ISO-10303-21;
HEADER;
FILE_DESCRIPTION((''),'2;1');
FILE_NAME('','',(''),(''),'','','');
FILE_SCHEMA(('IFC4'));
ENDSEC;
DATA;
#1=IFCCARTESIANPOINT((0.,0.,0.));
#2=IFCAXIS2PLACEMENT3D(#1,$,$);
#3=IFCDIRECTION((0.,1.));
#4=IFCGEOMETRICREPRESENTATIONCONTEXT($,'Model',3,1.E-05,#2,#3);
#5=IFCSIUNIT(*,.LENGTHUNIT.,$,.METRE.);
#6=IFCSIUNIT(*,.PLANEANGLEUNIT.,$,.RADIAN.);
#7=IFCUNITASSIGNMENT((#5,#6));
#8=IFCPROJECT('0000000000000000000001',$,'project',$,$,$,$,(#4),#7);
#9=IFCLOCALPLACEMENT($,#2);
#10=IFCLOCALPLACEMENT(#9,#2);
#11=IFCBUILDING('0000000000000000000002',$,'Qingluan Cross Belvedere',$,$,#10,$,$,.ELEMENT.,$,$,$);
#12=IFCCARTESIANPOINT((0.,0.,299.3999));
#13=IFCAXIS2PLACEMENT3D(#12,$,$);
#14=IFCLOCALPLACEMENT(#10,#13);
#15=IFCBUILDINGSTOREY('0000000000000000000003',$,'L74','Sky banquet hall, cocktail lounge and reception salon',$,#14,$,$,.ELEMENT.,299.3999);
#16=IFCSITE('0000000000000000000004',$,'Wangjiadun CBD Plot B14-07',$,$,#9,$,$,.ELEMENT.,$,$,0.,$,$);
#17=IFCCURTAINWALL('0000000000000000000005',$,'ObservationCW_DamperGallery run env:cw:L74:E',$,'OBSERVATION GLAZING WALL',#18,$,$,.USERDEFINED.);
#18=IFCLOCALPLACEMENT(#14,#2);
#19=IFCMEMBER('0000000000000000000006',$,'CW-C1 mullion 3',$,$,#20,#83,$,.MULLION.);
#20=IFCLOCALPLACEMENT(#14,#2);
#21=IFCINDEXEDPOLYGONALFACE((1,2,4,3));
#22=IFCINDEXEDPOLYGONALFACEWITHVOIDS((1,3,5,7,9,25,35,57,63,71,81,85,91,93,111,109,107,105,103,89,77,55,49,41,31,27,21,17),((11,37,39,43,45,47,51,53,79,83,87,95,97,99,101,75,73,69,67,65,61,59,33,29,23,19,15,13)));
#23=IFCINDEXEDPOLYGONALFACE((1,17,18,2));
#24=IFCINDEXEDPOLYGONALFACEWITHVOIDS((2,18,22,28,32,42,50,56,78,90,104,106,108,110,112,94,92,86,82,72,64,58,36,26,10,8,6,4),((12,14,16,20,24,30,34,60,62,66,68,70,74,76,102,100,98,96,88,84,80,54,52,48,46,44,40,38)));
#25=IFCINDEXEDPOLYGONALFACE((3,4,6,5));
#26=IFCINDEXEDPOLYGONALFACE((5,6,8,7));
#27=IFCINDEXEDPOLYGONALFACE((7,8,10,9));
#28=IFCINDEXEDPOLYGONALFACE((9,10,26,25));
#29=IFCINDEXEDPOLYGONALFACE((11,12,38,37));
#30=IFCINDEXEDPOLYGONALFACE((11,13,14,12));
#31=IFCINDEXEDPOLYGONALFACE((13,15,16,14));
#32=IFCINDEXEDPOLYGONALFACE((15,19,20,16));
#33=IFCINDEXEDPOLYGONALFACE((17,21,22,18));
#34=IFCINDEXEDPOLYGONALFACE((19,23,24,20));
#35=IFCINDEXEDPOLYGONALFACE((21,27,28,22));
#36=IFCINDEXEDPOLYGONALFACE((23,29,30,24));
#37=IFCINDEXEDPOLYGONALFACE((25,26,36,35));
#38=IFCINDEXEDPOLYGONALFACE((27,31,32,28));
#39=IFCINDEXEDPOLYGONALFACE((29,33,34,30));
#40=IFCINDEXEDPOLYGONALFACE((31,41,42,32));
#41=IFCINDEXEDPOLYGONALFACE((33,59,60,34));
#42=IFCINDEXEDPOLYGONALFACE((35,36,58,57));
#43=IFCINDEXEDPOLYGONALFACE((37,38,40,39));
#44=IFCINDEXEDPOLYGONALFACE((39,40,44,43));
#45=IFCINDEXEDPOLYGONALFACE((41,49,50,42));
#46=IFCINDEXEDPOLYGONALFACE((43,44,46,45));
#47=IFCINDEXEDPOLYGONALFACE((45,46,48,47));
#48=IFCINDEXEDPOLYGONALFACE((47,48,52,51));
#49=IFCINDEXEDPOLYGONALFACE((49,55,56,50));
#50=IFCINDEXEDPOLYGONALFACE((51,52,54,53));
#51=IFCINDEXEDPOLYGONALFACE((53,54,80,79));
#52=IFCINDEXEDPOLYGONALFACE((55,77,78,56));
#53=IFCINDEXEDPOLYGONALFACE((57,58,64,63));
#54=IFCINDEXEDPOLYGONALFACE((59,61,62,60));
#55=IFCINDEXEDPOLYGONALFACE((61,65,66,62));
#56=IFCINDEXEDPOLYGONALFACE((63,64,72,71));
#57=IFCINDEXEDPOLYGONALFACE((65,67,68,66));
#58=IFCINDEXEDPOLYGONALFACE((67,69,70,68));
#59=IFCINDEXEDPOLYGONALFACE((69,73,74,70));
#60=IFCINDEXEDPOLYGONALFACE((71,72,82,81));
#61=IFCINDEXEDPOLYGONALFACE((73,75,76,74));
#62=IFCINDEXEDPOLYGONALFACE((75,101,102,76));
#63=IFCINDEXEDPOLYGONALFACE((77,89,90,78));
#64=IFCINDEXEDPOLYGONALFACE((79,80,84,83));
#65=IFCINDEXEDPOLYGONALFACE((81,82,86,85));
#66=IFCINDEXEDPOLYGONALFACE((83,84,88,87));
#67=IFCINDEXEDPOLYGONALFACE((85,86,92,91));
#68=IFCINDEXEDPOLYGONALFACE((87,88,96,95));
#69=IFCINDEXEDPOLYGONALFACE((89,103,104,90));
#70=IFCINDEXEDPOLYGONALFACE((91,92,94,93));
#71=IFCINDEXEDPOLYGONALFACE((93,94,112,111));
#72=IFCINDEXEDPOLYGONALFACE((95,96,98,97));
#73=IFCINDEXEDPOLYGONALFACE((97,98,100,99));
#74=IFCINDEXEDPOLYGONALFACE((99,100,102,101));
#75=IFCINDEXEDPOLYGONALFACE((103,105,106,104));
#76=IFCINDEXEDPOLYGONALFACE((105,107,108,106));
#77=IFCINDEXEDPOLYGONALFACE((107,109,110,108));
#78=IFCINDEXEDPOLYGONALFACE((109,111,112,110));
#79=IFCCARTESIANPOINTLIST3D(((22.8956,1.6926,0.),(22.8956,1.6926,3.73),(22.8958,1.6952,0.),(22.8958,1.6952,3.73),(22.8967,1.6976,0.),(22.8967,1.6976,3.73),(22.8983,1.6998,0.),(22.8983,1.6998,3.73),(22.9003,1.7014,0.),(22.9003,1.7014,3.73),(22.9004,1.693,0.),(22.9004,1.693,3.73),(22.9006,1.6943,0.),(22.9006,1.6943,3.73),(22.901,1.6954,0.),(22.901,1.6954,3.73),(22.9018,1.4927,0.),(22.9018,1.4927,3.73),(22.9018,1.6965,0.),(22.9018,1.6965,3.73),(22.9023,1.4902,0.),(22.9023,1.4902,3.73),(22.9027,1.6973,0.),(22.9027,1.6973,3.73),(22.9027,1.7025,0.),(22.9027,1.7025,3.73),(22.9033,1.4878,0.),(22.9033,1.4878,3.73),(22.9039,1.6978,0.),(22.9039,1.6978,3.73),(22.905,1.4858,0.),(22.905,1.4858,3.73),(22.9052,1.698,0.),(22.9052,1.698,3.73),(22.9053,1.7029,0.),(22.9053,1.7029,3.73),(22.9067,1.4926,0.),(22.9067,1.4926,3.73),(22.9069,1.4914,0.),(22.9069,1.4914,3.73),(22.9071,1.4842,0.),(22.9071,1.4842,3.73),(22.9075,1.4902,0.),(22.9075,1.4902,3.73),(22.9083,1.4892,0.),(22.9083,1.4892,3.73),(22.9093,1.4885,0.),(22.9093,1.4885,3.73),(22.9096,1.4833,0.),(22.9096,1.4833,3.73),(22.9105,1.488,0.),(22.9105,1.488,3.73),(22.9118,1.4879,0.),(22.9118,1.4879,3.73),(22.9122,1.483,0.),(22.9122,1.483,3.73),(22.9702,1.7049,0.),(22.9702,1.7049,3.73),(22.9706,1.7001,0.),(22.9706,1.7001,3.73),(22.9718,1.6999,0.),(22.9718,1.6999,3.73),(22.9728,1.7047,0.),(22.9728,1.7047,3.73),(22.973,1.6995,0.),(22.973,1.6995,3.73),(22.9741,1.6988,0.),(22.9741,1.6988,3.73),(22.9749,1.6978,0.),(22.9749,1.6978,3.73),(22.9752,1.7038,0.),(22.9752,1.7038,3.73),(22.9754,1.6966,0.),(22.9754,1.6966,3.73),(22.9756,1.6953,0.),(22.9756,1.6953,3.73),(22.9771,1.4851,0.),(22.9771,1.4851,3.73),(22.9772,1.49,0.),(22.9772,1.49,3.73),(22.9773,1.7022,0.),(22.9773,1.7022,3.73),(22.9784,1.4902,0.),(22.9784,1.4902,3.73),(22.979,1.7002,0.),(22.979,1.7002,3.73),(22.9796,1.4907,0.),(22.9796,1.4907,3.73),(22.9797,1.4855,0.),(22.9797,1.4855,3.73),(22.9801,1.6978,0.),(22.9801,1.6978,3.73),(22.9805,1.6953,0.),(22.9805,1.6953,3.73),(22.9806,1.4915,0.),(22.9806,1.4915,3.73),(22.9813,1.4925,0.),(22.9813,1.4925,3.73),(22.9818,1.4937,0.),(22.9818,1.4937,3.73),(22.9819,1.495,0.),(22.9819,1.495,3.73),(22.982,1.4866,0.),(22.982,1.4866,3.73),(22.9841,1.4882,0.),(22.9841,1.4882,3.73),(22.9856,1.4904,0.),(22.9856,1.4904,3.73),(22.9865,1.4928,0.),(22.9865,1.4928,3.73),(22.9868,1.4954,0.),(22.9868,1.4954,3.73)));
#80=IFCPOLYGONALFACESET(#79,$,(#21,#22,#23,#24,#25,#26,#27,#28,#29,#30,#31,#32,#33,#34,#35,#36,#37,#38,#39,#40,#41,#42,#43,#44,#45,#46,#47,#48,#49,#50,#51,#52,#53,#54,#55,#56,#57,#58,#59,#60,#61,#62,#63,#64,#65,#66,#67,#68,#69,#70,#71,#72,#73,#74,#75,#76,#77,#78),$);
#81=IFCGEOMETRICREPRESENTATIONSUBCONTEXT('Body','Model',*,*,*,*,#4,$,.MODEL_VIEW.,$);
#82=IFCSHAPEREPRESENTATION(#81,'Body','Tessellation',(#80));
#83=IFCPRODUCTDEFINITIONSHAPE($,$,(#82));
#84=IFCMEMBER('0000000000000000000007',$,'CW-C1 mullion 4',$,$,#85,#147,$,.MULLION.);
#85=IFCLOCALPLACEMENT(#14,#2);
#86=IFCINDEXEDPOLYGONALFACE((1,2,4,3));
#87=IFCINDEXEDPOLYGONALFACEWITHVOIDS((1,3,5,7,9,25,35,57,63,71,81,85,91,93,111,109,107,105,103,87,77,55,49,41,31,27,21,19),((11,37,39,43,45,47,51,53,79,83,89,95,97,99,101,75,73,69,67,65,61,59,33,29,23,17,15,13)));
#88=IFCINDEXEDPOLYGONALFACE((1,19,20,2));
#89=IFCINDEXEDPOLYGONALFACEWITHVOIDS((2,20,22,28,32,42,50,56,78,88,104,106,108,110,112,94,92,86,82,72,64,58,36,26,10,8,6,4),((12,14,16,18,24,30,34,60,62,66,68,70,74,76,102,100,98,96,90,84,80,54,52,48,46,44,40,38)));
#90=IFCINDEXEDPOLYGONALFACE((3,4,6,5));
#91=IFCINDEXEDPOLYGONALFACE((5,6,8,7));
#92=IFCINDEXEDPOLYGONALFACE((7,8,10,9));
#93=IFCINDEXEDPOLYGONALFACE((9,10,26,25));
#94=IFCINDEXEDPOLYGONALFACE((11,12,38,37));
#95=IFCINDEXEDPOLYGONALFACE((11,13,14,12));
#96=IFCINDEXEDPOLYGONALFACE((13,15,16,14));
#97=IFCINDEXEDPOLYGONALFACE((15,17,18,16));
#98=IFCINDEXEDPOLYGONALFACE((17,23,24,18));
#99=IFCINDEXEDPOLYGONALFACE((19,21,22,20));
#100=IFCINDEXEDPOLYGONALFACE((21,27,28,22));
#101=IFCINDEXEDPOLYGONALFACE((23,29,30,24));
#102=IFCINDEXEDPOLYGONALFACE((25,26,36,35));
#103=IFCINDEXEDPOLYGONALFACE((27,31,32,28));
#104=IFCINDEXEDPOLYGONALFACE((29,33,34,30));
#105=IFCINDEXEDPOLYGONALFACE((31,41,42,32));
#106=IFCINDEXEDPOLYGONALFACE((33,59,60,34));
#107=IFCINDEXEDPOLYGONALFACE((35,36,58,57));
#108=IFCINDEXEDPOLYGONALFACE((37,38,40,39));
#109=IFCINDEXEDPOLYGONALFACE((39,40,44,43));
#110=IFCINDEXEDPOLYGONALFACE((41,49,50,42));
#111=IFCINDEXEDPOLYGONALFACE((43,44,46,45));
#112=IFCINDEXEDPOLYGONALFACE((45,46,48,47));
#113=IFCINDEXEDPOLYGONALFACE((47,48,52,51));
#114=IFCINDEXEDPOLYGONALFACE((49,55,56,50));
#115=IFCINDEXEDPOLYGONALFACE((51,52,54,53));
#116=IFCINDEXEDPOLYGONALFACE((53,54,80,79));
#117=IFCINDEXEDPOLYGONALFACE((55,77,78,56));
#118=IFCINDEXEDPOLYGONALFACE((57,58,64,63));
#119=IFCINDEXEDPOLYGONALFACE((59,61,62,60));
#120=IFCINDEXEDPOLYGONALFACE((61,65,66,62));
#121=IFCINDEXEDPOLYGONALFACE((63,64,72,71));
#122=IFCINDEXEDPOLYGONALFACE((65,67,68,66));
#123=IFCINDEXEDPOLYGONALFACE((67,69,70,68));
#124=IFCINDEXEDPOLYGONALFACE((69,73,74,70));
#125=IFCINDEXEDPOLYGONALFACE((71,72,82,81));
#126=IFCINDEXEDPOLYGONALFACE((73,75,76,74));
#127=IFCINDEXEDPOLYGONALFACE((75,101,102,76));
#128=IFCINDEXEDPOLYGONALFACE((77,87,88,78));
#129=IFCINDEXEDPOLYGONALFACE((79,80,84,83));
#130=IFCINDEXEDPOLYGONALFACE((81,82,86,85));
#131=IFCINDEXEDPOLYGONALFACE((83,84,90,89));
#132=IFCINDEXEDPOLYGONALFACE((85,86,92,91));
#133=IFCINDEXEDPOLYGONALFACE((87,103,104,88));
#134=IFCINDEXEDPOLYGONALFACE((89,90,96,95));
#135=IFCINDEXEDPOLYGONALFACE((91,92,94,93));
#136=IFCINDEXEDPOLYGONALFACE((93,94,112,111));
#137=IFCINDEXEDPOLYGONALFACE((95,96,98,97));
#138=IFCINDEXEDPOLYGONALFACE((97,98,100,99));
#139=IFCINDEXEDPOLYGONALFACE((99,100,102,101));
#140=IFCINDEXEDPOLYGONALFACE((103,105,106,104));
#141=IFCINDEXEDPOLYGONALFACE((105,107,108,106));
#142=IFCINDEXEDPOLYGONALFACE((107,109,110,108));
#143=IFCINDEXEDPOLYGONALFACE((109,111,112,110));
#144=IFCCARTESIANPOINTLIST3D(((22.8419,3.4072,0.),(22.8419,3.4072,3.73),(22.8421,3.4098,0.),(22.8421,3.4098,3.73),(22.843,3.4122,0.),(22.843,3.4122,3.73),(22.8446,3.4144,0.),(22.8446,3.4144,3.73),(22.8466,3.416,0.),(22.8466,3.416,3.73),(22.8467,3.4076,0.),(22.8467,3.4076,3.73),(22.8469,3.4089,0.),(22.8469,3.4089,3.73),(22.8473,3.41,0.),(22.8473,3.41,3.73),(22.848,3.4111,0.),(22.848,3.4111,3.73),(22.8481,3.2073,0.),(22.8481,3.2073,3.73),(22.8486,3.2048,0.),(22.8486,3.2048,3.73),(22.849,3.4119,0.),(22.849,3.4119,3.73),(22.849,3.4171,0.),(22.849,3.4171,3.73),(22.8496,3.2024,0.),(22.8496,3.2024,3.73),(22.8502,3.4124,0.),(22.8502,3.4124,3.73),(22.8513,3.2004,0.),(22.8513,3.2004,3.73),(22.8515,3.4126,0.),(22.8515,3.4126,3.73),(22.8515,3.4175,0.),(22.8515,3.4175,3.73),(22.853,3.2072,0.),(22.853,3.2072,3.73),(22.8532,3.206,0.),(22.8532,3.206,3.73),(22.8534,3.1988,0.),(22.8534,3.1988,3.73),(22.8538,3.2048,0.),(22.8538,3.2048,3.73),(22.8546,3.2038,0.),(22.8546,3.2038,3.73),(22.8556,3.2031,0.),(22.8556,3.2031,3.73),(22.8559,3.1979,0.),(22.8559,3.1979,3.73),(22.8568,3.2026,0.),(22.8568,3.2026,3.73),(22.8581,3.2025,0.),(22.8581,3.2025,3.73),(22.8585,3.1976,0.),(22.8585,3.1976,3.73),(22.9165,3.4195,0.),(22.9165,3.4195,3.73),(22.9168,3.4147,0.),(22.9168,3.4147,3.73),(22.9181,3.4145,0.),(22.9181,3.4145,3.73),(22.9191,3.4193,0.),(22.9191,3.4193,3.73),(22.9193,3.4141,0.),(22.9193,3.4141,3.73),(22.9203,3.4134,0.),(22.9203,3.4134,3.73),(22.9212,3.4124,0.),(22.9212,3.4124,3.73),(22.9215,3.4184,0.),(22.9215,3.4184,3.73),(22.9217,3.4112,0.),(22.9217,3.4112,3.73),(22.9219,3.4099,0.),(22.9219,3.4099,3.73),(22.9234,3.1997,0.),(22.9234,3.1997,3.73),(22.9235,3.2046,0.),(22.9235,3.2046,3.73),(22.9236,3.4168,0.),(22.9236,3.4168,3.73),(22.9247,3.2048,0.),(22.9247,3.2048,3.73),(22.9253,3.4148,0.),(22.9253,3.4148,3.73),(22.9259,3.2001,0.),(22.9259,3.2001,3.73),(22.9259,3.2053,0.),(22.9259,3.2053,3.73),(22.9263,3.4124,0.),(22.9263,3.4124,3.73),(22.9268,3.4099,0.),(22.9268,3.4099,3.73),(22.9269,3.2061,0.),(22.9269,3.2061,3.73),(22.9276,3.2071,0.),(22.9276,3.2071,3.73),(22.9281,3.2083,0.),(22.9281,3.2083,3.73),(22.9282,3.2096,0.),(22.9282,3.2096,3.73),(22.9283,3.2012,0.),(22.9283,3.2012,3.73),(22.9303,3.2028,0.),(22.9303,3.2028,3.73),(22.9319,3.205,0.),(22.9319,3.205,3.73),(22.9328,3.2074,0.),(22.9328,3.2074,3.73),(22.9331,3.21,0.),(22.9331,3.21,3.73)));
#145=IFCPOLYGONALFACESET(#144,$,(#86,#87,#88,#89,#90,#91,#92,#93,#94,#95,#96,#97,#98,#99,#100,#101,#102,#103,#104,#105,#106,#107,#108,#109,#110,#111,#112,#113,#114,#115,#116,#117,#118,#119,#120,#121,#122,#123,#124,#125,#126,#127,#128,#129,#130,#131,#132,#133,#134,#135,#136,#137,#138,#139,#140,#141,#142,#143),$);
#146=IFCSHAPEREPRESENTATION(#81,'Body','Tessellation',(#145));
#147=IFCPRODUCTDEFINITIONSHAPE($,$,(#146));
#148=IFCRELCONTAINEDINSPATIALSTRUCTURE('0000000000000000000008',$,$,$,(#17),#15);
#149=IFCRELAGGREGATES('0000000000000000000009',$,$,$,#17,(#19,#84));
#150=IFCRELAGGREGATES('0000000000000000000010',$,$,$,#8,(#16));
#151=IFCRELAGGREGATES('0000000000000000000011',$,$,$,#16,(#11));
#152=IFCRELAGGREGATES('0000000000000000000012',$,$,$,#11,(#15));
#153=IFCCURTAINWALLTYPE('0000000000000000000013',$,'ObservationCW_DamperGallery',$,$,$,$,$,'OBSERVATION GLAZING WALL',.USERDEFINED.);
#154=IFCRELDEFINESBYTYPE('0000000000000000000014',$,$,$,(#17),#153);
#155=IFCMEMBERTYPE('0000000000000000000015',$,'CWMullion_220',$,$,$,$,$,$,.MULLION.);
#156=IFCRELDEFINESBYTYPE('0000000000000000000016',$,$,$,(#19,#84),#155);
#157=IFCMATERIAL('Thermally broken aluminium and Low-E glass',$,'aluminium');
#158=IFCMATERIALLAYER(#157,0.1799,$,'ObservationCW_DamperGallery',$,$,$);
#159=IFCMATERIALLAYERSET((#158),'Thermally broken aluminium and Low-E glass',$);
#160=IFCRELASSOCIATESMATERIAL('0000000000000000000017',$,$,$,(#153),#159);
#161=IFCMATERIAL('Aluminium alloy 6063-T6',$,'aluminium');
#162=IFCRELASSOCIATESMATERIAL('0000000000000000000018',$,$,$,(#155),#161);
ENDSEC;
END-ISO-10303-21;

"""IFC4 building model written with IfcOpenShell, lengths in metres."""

from ifc_helpers import new_model, si_unit, direction, frame, origin, origin_2d, place, context, subcontext, project, spatial, hollow_rectangle, extrude, material, layer, layer_set, material_profile, profile_set, type_object, element, aggregate, save


model = new_model("IFC4")

# Units and contexts
model_context = context("Model", 3, precision=1e-05, world=origin(), true_north=direction((0.0, 1.0)))
body_context = subcontext(model_context, "Body", "Model", "MODEL_VIEW")
ifc_project = project(units=[si_unit("LENGTHUNIT", "METRE"), si_unit("PLANEANGLEUNIT", "RADIAN")], contexts=[model_context])

# Site, building, storey
site_placement = place(None, origin())
site = spatial("IfcSite", under=ifc_project, at=site_placement, Name="Wangjiadun CBD Plot B14-07", CompositionType="ELEMENT", RefElevation=0.0)
building_placement = place(site_placement, origin())
building = spatial("IfcBuilding", under=site, at=building_placement, Name="Qingluan Cross Belvedere", CompositionType="ELEMENT")
storey_placement = place(building_placement, frame((0.0, 0.0, 299.3999)))
storey = spatial("IfcBuildingStorey", under=building, at=storey_placement, Name="L74", Description="Sky banquet hall, cocktail lounge and reception salon", CompositionType="ELEMENT", Elevation=299.3999)

# Curtain wall, members
ifc_material_1 = material(Name="Thermally broken aluminium and Low-E glass", Category="aluminium")
ifc_layer_1 = layer(ifc_material_1, 0.1799, Name="ObservationCW_DamperGallery")
ifc_layer_set_1 = layer_set([ifc_layer_1], Name="Thermally broken aluminium and Low-E glass")
curtain_wall_type = type_object("IfcCurtainWallType", Name="ObservationCW_DamperGallery", ElementType="OBSERVATION GLAZING WALL", PredefinedType="USERDEFINED", material=ifc_layer_set_1)
curtain_wall_placement = place(storey_placement, origin())
curtain_wall = element("IfcCurtainWall", 1, at=curtain_wall_placement, inside=storey, type_object=curtain_wall_type, Name="ObservationCW_DamperGallery run env:cw:L74:E", ObjectType="OBSERVATION GLAZING WALL", PredefinedType="USERDEFINED")
ifc_material_2 = material(Name="Aluminium alloy 6063-T6", Category="aluminium")
ifc_material_profile_1 = material_profile(ifc_material_2, hollow_rectangle(XDim=0.085, YDim=0.22, WallThickness=0.0049, InnerFilletRadius=0.0049, OuterFilletRadius=0.01, at=origin_2d()), Name="CWM220x85x5")
ifc_profile_set_1 = profile_set([ifc_material_profile_1], Name="Aluminium alloy 6063-T6")
member_type_1 = type_object("IfcMemberType", Name="CWMullion_220", PredefinedType="MULLION", material=ifc_profile_set_1)
member_1_placement = place(storey_placement, frame((22.9412, 1.594, 0.0), z_axis=(0.0, 0.0, 1.0), x_axis=(-0.999506, -0.031417, 0.0)))
member_1 = element("IfcMember", 2, at=member_1_placement, type_object=member_type_1, Name="CW-C1 mullion 3", PredefinedType="MULLION", context=body_context, shape_type="SweptSolid", body=[
    extrude(hollow_rectangle(XDim=0.085, YDim=0.22, WallThickness=0.0049, InnerFilletRadius=0.0049, OuterFilletRadius=0.01, at=origin_2d()), origin(), (0.0, 0.0, 1.0), 3.73),
])
member_2_placement = place(storey_placement, frame((22.8875, 3.3086, 0.0), z_axis=(0.0, 0.0, 1.0), x_axis=(-0.999506, -0.031417, 0.0)))
member_2 = element("IfcMember", 3, at=member_2_placement, type_object=member_type_1, Name="CW-C1 mullion 4", PredefinedType="MULLION", context=body_context, shape_type="SweptSolid", body=[
    extrude(hollow_rectangle(XDim=0.085, YDim=0.22, WallThickness=0.0049, InnerFilletRadius=0.0049, OuterFilletRadius=0.01, at=origin_2d()), origin(), (0.0, 0.0, 1.0), 3.73),
])
aggregate(curtain_wall, [member_1, member_2])

save(model, "model.ifc")
